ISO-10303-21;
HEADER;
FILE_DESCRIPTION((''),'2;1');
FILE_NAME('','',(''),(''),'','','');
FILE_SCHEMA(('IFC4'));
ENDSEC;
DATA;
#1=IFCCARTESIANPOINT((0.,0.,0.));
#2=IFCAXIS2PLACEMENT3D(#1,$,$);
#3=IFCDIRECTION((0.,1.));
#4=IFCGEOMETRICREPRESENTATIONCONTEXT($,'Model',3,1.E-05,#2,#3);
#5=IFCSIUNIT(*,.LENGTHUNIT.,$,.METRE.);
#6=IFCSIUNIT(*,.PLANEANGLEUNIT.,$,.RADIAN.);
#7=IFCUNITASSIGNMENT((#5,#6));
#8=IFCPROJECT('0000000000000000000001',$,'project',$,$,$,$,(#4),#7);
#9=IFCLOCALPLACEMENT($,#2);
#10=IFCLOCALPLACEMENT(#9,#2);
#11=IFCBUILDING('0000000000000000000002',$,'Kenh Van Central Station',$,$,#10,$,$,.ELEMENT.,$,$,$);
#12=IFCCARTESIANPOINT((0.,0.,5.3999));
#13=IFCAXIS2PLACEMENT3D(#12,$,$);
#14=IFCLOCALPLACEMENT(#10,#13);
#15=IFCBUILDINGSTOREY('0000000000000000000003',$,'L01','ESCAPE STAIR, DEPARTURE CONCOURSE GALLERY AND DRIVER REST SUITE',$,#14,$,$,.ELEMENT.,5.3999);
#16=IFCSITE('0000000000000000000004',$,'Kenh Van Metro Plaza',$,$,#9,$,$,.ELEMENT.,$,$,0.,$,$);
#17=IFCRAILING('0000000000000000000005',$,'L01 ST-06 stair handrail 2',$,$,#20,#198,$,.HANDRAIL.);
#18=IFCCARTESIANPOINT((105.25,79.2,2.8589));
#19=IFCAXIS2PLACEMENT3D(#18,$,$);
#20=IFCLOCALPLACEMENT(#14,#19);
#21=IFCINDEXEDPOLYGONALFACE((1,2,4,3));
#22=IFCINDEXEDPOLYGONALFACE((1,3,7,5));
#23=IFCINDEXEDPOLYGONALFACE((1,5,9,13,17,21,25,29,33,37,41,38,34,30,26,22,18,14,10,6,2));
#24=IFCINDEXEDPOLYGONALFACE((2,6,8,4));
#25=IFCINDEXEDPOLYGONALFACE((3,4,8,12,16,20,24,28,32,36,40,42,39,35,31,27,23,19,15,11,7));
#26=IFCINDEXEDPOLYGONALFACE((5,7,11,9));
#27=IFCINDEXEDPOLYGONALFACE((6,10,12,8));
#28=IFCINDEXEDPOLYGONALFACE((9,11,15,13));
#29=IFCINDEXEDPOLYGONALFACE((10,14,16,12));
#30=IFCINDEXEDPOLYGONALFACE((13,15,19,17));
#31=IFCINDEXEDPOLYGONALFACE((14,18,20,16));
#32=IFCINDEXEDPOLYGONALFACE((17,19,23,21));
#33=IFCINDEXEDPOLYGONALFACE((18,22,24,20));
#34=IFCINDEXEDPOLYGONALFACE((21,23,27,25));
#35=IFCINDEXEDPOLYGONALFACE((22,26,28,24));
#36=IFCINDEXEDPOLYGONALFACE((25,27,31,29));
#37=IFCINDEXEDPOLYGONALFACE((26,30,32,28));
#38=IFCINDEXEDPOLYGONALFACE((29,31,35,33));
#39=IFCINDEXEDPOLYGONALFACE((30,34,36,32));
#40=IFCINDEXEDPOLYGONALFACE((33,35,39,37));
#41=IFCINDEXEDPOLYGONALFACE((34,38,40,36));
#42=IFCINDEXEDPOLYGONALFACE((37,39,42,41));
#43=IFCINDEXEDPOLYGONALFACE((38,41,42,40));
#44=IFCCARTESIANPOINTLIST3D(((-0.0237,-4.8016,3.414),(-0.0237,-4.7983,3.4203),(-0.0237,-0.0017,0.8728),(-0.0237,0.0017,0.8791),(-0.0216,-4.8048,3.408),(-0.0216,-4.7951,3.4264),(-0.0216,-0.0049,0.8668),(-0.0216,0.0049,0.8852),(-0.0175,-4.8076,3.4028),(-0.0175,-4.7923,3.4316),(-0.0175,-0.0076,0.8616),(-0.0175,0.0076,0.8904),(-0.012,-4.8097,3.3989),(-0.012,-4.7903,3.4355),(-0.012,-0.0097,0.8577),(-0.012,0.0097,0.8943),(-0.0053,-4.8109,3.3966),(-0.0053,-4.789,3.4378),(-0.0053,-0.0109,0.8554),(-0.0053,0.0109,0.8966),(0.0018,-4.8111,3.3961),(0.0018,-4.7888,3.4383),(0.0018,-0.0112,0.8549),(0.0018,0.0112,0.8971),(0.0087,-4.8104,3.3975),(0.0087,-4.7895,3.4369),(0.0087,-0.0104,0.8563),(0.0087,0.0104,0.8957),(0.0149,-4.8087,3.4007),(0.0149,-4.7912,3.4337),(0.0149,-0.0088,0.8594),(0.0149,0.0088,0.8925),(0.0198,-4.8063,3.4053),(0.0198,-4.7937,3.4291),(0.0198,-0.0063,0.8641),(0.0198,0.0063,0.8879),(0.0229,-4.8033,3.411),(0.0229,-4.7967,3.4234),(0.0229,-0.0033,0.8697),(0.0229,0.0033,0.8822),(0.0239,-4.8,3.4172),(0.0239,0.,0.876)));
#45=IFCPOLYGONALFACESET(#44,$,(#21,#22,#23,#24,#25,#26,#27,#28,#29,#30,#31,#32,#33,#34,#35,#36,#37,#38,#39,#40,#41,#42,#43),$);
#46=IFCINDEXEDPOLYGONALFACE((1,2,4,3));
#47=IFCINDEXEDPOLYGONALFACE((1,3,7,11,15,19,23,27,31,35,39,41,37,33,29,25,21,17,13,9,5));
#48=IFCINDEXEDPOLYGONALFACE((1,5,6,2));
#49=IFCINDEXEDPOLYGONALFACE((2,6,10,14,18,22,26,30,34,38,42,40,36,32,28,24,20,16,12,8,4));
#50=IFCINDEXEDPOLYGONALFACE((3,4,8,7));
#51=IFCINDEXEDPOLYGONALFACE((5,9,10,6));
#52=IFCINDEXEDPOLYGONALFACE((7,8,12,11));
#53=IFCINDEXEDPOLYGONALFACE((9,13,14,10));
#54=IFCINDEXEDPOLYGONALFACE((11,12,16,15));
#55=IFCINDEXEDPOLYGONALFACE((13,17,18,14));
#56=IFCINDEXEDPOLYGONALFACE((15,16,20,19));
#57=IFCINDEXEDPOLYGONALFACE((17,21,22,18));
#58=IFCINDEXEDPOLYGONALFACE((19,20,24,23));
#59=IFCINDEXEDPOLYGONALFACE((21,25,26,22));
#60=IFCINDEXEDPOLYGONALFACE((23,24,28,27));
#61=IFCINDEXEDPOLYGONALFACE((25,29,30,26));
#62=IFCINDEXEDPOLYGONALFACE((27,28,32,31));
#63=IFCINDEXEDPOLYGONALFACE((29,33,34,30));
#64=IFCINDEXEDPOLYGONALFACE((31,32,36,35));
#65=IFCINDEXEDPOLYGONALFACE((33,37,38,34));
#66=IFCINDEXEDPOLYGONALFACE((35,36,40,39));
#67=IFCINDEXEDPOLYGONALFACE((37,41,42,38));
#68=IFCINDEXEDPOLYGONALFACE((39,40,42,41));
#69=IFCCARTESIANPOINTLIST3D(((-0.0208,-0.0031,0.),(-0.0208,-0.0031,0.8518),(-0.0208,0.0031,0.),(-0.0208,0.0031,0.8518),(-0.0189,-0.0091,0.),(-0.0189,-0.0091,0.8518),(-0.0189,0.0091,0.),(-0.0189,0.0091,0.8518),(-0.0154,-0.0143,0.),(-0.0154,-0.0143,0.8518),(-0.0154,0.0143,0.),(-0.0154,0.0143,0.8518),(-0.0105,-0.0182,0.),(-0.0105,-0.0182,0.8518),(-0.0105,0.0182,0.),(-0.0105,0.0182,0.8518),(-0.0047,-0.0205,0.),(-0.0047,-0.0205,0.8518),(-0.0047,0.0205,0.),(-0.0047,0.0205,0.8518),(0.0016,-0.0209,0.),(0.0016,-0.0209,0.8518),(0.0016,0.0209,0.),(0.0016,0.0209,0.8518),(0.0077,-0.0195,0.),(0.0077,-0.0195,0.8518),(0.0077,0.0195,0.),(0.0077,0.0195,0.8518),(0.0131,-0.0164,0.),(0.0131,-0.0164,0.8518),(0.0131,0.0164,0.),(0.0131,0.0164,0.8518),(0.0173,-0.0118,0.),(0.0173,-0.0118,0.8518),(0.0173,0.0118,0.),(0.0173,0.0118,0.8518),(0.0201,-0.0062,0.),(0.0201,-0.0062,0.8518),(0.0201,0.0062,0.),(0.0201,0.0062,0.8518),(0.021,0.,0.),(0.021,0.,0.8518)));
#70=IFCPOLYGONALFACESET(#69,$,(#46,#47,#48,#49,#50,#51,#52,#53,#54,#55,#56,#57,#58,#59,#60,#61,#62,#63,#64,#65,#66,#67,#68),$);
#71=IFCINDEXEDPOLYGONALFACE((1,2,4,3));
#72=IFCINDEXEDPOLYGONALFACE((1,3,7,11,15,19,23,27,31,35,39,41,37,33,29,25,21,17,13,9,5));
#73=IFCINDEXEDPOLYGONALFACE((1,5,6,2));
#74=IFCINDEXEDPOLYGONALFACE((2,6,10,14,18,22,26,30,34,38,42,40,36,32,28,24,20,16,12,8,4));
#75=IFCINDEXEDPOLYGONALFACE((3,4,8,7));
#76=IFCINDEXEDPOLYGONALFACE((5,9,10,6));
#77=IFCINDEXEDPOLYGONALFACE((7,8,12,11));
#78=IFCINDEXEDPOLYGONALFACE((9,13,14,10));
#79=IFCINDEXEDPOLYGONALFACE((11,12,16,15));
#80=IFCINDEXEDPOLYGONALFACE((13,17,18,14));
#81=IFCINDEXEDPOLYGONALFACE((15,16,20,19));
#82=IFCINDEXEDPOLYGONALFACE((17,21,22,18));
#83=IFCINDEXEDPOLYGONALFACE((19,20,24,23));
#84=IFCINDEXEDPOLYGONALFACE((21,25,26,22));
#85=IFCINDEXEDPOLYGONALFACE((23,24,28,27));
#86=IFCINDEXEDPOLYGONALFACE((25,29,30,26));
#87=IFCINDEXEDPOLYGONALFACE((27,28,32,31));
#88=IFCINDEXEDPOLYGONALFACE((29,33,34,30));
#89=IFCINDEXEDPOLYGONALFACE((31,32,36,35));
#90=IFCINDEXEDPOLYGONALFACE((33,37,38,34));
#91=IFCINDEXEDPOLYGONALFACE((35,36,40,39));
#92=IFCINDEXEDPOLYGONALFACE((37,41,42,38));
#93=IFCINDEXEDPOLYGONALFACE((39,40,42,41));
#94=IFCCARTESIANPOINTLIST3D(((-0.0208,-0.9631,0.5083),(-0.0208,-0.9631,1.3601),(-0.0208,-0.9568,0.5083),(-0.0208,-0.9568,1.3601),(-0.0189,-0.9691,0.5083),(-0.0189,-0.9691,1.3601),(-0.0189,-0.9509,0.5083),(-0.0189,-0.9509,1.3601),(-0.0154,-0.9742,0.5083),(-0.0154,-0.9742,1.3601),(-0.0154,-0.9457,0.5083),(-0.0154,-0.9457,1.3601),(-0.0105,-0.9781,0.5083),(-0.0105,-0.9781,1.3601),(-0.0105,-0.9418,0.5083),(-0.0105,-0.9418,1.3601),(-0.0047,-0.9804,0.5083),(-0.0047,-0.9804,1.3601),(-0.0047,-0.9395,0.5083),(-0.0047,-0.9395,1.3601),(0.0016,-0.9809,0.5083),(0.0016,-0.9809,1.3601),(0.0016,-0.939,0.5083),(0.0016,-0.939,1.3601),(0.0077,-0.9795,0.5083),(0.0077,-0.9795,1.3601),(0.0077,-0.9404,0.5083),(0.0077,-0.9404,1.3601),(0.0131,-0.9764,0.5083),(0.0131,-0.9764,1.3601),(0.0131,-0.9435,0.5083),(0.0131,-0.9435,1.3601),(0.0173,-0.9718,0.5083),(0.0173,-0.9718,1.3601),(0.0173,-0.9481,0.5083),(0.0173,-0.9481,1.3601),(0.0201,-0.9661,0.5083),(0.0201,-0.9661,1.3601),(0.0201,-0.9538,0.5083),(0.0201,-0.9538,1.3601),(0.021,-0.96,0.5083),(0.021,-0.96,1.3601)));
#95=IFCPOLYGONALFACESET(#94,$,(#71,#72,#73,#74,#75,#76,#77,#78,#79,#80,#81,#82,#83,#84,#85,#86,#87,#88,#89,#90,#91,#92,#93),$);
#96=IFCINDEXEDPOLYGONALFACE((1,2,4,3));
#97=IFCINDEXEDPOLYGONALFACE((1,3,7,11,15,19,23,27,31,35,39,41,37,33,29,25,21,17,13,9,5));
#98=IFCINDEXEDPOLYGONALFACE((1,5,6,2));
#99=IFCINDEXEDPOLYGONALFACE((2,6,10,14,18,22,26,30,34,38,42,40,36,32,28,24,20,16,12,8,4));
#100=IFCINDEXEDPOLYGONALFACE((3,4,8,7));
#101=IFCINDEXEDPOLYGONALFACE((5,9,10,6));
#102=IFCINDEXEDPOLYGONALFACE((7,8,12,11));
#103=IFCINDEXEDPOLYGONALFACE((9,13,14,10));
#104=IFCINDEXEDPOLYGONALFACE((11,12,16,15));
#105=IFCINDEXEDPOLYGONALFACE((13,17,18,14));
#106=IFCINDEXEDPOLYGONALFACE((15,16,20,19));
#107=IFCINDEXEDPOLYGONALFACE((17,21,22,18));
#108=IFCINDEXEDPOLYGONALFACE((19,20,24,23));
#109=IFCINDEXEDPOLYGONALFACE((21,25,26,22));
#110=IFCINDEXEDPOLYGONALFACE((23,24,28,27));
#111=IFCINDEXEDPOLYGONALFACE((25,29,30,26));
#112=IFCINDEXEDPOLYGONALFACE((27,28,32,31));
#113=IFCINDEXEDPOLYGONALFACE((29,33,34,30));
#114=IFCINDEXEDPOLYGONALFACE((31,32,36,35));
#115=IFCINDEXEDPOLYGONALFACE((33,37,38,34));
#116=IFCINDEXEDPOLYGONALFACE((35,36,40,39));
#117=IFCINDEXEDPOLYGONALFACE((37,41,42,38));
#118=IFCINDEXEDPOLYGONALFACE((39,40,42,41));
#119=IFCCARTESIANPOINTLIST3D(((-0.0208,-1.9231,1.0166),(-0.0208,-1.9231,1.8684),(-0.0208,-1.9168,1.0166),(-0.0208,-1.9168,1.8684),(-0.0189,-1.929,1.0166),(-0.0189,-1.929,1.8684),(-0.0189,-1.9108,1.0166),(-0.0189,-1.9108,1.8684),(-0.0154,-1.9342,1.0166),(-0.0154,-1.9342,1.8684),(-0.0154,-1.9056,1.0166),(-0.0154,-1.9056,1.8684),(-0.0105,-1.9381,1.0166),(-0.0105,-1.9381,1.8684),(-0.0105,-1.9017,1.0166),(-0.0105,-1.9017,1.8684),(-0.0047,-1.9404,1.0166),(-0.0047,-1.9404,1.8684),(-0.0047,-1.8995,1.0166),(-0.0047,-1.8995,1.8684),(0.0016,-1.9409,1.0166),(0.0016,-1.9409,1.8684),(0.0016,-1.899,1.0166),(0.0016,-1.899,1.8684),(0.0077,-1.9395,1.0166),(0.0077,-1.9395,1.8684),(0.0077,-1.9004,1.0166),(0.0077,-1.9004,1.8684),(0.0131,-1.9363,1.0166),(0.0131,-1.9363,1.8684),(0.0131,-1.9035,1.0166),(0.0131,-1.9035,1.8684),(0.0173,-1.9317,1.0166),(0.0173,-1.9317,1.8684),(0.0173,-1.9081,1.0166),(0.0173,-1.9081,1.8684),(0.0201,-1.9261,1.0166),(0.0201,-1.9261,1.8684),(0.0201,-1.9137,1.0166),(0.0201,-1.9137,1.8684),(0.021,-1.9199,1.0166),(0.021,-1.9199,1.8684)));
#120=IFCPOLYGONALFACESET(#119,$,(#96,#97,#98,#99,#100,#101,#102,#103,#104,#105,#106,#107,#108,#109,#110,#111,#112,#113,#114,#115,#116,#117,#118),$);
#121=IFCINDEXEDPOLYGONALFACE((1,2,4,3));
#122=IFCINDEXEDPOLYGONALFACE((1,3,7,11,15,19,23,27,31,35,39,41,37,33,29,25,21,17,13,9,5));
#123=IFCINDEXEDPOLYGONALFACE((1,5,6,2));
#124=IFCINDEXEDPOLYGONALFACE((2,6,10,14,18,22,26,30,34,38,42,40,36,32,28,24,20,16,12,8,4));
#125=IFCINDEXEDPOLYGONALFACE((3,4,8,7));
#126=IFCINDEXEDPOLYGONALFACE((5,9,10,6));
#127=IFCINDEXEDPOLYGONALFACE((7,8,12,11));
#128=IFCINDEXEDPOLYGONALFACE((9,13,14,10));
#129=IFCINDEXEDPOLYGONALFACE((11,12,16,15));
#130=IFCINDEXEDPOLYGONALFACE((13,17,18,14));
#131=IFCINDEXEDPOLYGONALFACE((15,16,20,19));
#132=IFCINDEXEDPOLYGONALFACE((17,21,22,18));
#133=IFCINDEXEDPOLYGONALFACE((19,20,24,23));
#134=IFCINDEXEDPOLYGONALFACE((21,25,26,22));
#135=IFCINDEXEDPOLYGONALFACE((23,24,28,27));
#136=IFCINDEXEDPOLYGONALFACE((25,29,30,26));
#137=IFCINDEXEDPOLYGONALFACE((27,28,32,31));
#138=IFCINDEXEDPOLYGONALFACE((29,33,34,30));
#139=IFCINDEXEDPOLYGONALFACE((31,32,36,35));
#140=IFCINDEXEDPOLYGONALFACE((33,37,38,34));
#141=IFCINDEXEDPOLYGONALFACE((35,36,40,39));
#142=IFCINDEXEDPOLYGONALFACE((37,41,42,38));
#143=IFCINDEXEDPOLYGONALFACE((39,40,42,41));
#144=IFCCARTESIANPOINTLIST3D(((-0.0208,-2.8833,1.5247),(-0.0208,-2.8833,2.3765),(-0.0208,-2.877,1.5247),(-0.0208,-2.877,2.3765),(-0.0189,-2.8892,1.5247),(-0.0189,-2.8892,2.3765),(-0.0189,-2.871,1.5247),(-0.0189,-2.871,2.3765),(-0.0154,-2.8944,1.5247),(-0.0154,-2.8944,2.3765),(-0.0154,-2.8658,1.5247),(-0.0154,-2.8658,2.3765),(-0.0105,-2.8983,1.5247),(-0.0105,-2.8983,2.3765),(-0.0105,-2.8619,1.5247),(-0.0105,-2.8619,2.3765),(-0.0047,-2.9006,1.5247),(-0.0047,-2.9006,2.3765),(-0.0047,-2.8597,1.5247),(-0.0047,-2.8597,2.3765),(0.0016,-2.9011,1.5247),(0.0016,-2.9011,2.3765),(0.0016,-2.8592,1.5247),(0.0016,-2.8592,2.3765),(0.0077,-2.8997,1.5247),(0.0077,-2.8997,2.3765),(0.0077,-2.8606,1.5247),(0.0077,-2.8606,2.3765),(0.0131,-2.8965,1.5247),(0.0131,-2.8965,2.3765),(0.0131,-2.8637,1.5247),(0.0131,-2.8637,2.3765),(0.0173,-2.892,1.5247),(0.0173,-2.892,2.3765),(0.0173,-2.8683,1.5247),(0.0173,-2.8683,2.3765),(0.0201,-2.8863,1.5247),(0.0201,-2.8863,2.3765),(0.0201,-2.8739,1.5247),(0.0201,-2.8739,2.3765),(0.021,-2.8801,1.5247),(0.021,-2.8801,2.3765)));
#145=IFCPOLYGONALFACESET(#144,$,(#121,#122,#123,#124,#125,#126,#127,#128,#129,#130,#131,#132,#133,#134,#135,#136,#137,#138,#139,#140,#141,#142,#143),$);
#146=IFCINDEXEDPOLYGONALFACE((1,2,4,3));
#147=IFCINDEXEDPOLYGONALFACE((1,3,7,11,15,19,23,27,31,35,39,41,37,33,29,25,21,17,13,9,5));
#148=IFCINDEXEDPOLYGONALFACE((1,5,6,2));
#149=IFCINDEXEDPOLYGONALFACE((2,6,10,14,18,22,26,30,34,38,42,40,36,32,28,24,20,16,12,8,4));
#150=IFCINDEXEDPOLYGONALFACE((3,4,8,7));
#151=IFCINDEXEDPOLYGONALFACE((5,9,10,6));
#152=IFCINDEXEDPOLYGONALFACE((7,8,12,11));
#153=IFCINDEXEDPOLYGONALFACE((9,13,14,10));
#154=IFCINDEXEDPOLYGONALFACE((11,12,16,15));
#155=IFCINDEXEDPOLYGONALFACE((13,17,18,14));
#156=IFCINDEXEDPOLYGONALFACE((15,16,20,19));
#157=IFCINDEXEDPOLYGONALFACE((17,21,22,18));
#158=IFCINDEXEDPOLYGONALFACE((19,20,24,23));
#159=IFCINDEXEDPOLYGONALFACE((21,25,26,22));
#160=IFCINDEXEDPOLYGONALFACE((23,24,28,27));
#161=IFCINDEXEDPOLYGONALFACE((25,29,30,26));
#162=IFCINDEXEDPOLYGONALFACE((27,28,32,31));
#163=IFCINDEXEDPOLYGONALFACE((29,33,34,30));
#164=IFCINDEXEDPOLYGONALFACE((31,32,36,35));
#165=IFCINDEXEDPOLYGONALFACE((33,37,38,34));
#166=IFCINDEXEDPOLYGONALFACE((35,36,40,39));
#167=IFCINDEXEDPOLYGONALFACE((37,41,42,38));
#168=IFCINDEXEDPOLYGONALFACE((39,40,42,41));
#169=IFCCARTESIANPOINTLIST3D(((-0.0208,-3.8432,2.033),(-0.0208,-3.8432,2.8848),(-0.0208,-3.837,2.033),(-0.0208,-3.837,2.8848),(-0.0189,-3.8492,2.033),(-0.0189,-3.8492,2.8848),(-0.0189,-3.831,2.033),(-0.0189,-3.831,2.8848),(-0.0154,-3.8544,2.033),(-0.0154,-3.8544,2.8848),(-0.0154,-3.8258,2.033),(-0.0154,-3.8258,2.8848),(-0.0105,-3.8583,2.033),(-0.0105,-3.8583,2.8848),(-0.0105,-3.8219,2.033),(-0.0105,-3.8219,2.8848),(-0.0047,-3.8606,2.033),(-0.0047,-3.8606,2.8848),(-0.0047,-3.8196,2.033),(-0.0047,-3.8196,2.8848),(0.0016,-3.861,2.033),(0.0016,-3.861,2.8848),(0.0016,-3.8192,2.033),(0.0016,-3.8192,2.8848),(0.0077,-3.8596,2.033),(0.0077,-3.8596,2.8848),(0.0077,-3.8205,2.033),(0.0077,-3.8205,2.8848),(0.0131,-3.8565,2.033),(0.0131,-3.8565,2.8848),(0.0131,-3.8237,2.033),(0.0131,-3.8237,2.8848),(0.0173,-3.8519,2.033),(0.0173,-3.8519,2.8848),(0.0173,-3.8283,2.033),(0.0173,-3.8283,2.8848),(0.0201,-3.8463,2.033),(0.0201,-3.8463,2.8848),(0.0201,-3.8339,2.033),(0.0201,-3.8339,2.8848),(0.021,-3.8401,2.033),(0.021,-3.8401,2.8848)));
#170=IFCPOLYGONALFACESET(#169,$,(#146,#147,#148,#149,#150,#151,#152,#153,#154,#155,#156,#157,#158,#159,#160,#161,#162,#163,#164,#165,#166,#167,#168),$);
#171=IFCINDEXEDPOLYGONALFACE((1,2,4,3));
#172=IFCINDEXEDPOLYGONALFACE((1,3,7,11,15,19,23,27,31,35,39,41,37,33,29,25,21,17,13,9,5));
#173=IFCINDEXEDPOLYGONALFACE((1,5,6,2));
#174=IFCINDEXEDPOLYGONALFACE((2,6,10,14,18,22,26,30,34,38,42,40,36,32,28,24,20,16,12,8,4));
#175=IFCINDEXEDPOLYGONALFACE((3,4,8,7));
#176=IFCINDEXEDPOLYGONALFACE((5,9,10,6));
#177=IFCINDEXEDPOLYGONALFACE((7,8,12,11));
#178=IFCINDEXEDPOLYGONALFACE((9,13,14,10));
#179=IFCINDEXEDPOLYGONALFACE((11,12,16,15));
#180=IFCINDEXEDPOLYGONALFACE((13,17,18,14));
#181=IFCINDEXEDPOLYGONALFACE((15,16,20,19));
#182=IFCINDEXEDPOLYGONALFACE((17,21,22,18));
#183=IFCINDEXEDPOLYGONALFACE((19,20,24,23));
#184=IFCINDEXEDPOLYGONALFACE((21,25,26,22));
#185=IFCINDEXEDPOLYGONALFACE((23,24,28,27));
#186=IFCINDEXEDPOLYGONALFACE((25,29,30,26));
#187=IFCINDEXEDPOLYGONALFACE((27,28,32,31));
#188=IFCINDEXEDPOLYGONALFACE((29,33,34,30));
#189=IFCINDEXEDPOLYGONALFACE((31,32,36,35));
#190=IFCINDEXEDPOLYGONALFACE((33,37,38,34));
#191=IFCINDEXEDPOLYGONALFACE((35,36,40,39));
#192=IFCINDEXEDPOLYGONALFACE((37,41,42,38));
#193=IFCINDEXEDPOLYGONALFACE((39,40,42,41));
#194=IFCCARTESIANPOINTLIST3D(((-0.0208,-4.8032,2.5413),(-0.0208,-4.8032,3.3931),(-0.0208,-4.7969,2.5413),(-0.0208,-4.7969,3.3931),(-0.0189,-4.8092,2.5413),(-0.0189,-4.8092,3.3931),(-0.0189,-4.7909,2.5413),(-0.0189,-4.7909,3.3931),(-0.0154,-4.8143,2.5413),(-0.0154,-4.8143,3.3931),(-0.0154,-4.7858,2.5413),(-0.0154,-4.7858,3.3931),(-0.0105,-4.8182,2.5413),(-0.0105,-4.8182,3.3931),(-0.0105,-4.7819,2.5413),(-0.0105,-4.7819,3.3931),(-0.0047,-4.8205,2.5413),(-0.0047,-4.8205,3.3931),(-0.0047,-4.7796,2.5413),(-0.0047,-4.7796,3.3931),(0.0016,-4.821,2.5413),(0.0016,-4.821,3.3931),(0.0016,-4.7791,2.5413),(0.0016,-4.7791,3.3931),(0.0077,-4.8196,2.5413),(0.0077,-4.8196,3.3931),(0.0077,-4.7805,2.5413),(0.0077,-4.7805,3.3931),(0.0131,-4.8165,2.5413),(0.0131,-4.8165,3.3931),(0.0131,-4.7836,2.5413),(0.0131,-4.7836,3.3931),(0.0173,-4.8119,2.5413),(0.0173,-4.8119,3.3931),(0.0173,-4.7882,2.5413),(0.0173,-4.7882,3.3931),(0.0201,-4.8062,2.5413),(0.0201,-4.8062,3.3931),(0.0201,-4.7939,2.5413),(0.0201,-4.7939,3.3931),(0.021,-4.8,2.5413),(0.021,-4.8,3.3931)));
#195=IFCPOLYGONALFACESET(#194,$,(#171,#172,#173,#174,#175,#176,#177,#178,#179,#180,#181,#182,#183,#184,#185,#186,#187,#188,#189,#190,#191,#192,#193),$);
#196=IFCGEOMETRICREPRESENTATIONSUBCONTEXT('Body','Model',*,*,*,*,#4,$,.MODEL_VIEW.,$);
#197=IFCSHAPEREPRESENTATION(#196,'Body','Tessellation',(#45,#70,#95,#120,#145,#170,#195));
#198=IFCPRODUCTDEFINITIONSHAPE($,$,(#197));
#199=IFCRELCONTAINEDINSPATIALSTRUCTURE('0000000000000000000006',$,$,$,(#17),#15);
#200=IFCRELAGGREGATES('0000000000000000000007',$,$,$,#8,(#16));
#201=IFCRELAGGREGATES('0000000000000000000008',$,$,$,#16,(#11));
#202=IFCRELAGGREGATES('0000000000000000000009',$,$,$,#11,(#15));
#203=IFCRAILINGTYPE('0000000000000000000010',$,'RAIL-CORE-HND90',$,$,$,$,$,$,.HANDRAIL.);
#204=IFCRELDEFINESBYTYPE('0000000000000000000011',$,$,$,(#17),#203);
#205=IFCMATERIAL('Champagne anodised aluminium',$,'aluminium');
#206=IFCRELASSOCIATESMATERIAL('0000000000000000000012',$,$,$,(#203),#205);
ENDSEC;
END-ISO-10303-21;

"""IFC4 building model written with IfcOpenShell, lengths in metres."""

from ifc_helpers import new_model, si_unit, direction, frame, origin, origin_2d, place, context, subcontext, project, spatial, circle, extrude, material, type_object, element, save


model = new_model("IFC4")

# Units and contexts
model_context = context("Model", 3, precision=1e-05, world=origin(), true_north=direction((0.0, 1.0)))
body_context = subcontext(model_context, "Body", "Model", "MODEL_VIEW")
ifc_project = project(units=[si_unit("LENGTHUNIT", "METRE"), si_unit("PLANEANGLEUNIT", "RADIAN")], contexts=[model_context])

# Site, building, storey
site_placement = place(None, origin())
site = spatial("IfcSite", under=ifc_project, at=site_placement, Name="Kenh Van Metro Plaza", CompositionType="ELEMENT", RefElevation=0.0)
building_placement = place(site_placement, origin())
building = spatial("IfcBuilding", under=site, at=building_placement, Name="Kenh Van Central Station", CompositionType="ELEMENT")
storey_placement = place(building_placement, frame((0.0, 0.0, 5.3999)))
storey = spatial("IfcBuildingStorey", under=building, at=storey_placement, Name="L01", Description="ESCAPE STAIR, DEPARTURE CONCOURSE GALLERY AND DRIVER REST SUITE", CompositionType="ELEMENT", Elevation=5.3999)

# Shared definitions
ifc_material_1 = material(Name="Champagne anodised aluminium", Category="aluminium")

# Railing
railing_type_1 = type_object("IfcRailingType", Name="RAIL-CORE-HND90", PredefinedType="HANDRAIL", material=ifc_material_1)
railing_1_placement = place(storey_placement, frame((105.25, 79.2, 2.8589)))
element("IfcRailing", 1, at=railing_1_placement, inside=storey, type_object=railing_type_1, Name="L01 ST-06 stair handrail 2", PredefinedType="HANDRAIL", context=body_context, shape_type="SweptSolid", body=[
    extrude(circle(Radius=0.0239, at=origin_2d()), frame((0.0, 0.0, 0.876), z_axis=(0.0, -0.883784, 0.467896), x_axis=(1.0, 0.0, 0.0)), (0.0, 0.0, 1.0), 5.4312),
    extrude(circle(Radius=0.021, at=origin_2d()), origin(), (0.0, 0.0, 1.0), 0.8518),
    extrude(circle(Radius=0.021, at=origin_2d()), frame((0.0, -0.96, 0.5083)), (0.0, 0.0, 1.0), 0.8518),
    extrude(circle(Radius=0.021, at=origin_2d()), frame((0.0, -1.9199, 1.0166)), (0.0, 0.0, 1.0), 0.8518),
    extrude(circle(Radius=0.021, at=origin_2d()), frame((0.0, -2.8801, 1.5247)), (0.0, 0.0, 1.0), 0.8518),
    extrude(circle(Radius=0.021, at=origin_2d()), frame((0.0, -3.8401, 2.033)), (0.0, 0.0, 1.0), 0.8518),
    extrude(circle(Radius=0.021, at=origin_2d()), frame((0.0, -4.8, 2.5413)), (0.0, 0.0, 1.0), 0.8518),
])

save(model, "model.ifc")
